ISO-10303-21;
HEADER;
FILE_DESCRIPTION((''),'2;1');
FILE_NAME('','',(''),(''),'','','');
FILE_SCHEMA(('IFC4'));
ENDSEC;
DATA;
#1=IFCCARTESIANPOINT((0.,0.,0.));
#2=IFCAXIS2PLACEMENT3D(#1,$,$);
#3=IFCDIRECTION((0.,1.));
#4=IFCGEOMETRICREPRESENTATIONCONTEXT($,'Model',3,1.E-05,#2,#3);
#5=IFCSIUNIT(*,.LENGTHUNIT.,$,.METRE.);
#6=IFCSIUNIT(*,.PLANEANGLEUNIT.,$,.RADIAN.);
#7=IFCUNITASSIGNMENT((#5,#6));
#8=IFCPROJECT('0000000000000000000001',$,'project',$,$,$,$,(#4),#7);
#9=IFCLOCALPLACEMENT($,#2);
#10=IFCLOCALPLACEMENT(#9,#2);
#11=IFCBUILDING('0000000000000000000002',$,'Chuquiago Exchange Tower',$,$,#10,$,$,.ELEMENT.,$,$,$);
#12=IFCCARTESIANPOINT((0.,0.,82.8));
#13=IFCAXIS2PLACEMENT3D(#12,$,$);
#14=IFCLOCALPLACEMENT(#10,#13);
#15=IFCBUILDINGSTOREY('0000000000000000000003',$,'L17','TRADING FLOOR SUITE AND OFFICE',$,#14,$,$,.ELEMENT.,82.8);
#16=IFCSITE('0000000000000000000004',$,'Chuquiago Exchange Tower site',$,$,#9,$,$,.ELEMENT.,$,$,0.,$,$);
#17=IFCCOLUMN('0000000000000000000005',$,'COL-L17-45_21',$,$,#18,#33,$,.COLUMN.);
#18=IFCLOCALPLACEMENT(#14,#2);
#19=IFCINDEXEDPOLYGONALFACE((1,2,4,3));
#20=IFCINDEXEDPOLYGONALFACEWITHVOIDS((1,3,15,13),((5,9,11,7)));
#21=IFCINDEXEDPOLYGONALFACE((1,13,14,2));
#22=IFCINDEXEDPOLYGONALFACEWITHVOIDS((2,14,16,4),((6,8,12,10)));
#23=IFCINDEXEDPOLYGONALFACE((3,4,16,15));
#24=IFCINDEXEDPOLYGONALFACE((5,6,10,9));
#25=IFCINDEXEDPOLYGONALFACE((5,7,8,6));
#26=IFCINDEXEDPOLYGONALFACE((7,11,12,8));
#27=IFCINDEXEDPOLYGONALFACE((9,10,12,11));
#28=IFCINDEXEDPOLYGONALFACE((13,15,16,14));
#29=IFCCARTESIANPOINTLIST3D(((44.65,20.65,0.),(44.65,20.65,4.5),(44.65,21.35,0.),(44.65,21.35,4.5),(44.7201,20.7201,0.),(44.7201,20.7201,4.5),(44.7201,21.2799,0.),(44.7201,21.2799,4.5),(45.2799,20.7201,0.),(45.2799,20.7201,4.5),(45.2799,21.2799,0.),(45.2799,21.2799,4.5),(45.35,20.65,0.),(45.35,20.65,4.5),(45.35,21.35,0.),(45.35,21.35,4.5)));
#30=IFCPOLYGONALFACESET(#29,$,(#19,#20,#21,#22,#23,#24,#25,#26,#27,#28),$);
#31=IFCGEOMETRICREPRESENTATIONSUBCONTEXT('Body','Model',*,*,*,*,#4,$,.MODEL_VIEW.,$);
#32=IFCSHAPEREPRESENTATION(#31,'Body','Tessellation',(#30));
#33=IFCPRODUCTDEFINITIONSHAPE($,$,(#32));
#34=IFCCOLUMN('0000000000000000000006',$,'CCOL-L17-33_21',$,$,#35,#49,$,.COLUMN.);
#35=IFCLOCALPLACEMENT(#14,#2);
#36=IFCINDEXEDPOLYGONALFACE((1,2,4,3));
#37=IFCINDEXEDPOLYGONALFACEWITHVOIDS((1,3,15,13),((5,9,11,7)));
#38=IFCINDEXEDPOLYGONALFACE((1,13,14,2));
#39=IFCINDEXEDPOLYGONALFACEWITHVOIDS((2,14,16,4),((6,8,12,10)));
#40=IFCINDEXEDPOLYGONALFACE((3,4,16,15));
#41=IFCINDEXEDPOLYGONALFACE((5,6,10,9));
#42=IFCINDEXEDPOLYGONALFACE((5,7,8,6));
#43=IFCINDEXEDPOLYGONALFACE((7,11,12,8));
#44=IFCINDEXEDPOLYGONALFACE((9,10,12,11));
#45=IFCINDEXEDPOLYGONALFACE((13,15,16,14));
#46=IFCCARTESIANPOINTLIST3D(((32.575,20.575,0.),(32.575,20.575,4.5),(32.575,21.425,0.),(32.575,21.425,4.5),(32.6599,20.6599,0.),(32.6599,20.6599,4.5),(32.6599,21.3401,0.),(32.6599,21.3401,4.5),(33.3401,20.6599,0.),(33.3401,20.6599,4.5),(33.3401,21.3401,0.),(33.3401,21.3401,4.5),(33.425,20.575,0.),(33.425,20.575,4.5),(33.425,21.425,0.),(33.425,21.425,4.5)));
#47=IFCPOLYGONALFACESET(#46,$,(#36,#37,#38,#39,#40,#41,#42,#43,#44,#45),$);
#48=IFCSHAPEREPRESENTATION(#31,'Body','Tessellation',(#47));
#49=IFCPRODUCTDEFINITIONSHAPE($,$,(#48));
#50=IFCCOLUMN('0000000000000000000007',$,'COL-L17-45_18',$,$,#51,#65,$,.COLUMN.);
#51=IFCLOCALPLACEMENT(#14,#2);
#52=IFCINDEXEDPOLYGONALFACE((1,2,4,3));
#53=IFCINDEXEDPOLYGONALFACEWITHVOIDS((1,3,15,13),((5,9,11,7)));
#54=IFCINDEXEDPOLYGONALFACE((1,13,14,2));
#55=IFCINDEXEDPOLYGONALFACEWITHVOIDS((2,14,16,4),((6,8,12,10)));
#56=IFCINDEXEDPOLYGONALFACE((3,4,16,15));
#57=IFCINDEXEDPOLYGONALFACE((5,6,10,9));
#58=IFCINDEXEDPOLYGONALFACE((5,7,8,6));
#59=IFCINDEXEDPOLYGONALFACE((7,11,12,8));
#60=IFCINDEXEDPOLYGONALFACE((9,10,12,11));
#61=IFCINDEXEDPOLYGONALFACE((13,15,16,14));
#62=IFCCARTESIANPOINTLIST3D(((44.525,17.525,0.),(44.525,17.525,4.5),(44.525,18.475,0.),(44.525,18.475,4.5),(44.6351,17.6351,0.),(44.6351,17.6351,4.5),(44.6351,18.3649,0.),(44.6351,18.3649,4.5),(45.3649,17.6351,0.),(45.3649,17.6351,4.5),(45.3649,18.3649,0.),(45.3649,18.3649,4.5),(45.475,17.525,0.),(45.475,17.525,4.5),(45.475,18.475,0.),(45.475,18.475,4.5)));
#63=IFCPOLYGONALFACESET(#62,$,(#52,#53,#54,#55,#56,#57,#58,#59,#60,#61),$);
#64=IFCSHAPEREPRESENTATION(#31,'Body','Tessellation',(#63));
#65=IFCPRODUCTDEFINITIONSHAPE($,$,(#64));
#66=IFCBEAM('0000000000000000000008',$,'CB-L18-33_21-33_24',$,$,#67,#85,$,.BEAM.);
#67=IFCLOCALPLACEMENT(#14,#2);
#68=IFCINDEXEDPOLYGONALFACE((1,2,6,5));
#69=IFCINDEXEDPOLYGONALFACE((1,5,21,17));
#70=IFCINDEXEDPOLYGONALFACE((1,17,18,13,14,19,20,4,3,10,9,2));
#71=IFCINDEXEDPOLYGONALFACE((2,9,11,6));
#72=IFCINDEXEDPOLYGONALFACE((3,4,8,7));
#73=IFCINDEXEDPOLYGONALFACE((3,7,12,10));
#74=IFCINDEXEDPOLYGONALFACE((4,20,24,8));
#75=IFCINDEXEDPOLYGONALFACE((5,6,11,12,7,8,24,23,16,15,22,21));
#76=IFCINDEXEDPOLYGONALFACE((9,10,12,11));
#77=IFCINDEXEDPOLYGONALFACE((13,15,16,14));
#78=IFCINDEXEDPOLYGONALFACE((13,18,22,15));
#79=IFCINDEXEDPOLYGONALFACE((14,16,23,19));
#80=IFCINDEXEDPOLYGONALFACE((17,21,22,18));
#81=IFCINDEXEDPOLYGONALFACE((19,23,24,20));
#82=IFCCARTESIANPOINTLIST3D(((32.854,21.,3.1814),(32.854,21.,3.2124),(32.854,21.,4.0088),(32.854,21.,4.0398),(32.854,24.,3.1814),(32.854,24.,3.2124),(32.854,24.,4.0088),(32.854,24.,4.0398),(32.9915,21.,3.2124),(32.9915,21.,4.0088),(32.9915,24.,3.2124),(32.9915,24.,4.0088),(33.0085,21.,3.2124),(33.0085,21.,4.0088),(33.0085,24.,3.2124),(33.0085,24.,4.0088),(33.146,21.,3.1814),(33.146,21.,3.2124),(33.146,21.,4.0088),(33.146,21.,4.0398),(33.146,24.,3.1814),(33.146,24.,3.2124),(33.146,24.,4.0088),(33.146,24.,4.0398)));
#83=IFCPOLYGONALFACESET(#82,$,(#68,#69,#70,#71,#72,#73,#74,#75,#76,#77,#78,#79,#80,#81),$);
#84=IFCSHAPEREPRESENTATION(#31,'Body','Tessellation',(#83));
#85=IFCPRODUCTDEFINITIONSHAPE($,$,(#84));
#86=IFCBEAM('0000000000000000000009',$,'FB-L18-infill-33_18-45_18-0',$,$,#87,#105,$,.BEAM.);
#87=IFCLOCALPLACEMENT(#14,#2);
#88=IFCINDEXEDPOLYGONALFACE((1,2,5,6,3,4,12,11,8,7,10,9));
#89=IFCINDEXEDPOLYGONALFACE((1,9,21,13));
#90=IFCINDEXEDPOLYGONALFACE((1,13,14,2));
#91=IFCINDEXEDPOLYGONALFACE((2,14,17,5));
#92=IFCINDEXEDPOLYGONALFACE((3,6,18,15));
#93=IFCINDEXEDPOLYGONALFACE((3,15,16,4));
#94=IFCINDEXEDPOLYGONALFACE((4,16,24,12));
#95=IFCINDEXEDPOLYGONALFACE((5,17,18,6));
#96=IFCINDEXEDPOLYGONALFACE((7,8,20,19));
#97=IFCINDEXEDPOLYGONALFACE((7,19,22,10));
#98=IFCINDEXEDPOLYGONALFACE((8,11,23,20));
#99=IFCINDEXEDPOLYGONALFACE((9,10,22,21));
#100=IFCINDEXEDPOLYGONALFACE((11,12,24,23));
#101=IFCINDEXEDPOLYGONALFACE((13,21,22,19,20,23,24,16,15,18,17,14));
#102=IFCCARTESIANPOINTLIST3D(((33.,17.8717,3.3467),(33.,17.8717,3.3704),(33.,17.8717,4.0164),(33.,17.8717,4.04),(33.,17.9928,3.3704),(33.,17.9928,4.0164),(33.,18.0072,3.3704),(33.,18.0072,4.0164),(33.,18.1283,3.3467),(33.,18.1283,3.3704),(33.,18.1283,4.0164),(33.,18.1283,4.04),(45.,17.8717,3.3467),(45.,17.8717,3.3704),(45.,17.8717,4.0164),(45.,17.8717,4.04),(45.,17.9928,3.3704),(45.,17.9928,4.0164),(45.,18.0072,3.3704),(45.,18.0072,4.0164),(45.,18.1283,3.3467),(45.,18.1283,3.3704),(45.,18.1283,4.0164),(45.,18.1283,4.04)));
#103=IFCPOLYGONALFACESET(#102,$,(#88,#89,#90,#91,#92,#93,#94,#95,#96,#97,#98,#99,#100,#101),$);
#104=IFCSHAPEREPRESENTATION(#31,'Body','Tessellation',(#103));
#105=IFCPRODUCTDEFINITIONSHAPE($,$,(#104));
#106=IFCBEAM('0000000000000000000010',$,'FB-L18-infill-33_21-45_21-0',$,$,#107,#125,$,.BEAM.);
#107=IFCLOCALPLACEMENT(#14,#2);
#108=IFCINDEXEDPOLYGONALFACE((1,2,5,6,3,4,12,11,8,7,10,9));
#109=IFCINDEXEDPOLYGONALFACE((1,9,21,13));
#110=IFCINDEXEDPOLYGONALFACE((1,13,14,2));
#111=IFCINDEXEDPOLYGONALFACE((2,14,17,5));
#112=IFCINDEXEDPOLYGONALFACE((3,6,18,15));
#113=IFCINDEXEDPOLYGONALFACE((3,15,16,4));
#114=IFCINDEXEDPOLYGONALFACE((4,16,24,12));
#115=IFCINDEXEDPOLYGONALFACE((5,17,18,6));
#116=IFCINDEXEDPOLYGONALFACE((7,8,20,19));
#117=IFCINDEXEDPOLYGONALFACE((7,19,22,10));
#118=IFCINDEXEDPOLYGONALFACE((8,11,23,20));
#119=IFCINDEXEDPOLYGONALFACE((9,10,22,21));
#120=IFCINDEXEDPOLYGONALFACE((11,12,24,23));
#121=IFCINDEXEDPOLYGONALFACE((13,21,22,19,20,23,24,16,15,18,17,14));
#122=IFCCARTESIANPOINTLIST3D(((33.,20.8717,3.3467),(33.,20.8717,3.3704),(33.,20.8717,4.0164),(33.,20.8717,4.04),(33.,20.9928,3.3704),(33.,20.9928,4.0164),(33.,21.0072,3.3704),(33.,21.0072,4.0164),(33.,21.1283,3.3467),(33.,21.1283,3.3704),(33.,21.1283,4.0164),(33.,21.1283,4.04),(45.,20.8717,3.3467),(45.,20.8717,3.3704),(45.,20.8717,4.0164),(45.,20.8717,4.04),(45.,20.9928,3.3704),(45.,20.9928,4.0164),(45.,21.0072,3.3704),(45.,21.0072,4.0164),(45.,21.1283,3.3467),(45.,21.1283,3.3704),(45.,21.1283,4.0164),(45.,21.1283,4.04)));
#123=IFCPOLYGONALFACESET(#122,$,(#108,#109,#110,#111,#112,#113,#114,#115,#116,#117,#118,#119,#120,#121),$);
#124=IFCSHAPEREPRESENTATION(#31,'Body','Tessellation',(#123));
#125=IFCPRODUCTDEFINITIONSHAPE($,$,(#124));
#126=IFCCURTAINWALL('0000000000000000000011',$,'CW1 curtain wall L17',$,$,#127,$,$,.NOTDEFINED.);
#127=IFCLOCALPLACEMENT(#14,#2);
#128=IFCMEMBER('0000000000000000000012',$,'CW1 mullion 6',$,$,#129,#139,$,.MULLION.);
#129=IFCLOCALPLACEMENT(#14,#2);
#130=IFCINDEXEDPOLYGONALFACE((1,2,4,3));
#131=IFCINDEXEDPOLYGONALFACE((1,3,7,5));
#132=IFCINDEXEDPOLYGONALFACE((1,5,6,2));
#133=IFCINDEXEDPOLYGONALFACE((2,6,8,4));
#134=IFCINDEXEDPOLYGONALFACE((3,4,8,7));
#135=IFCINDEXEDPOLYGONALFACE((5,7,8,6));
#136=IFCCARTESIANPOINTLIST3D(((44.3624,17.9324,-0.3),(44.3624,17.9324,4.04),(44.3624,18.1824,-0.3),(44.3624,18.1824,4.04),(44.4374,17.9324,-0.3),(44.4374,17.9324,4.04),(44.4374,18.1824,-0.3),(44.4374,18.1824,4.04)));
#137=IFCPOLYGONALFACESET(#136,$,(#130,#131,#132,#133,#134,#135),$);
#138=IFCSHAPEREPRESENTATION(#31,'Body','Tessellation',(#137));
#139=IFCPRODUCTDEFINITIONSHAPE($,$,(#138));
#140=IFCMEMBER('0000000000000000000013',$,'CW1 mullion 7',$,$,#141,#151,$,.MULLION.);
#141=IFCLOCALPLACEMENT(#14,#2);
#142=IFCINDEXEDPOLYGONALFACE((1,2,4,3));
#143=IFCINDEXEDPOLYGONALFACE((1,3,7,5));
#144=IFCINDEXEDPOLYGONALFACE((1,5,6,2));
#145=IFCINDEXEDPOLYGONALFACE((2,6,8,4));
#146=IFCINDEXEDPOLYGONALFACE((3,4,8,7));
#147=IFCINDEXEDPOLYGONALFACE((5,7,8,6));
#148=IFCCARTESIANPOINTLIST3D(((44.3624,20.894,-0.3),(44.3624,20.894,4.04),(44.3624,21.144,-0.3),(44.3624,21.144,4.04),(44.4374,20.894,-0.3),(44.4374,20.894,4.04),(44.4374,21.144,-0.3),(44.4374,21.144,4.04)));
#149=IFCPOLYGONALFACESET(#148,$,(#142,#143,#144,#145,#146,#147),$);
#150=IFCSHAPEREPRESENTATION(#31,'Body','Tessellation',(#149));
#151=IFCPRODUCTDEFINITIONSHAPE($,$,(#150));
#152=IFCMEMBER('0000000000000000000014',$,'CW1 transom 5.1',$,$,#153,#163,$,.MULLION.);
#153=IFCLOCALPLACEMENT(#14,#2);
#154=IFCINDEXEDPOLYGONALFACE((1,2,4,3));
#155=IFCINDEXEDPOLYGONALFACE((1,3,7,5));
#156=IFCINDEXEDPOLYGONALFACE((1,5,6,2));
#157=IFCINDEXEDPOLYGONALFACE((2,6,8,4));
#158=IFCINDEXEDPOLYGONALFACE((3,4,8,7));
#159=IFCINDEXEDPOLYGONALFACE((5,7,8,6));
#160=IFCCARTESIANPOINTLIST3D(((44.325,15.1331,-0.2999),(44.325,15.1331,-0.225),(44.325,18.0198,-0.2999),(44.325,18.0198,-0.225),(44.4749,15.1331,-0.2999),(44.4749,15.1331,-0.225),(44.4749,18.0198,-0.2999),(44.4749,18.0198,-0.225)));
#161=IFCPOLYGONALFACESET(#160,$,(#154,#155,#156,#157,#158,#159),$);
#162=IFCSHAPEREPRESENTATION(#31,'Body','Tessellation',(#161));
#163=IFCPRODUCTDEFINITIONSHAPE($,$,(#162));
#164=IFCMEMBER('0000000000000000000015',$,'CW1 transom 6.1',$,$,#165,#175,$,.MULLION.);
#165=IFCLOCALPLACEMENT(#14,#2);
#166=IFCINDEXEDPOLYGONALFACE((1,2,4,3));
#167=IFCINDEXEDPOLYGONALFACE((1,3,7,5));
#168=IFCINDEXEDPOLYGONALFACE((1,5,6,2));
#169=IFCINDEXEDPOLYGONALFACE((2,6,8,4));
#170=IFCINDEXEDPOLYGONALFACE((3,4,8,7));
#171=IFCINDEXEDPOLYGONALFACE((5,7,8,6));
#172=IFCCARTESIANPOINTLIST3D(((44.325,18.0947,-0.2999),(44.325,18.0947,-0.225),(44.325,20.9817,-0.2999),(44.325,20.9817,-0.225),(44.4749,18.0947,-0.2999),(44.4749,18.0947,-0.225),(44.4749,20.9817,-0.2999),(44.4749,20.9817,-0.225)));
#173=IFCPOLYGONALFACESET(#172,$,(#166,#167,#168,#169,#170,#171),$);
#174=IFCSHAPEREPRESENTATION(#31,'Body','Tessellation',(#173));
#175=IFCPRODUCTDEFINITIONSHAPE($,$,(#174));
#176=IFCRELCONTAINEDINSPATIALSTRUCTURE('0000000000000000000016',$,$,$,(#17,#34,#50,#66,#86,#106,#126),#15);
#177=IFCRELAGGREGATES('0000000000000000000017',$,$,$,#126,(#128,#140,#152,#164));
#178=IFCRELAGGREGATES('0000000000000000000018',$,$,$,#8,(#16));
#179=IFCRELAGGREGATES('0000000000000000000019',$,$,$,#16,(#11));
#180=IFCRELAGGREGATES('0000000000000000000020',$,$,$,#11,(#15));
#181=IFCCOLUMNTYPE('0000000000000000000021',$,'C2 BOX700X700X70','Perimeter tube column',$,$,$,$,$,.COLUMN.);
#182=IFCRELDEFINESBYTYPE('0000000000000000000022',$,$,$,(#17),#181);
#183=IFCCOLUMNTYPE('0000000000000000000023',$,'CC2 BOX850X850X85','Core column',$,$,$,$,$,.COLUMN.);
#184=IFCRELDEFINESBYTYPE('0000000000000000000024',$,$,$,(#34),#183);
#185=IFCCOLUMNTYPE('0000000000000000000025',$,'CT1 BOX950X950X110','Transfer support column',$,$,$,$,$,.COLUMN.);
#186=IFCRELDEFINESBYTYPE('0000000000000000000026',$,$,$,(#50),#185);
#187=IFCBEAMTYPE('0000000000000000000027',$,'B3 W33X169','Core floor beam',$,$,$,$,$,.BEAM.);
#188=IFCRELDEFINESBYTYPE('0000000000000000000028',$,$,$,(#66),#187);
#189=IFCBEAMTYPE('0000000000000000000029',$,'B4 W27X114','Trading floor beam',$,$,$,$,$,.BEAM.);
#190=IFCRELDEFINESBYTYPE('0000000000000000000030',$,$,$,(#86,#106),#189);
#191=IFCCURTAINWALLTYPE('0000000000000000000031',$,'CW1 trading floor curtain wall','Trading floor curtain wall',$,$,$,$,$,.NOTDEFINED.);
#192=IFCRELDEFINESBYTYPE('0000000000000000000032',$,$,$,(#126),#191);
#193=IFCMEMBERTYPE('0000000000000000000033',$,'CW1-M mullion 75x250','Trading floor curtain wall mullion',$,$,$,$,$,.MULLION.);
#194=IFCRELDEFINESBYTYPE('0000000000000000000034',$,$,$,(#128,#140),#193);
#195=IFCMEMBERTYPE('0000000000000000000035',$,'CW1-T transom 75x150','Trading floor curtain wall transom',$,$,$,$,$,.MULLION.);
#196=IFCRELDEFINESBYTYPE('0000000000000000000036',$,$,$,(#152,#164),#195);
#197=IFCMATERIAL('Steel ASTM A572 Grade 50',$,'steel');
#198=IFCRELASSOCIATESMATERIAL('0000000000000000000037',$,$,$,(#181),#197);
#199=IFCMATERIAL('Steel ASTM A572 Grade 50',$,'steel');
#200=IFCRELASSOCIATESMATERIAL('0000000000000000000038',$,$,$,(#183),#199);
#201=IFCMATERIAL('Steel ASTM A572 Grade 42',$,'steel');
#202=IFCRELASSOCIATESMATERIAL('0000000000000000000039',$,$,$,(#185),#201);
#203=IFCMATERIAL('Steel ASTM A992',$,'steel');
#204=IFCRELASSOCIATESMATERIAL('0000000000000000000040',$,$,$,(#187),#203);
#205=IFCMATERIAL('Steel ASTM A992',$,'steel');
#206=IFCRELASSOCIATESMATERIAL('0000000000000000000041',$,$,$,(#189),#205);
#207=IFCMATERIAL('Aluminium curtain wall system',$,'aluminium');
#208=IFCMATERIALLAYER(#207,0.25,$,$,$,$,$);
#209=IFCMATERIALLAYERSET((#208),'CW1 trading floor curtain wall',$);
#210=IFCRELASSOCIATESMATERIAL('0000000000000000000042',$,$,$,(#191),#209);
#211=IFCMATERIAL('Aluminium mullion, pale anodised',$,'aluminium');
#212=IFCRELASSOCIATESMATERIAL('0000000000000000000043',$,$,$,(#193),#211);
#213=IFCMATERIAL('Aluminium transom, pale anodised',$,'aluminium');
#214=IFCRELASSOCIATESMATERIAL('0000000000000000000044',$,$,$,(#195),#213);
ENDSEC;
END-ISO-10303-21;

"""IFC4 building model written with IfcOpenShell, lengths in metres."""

from ifc_helpers import new_model, si_unit, direction, frame, origin, origin_2d, place, context, subcontext, project, spatial, rectangle, hollow_rectangle, i_section, extrude, material, layer, layer_set, material_profile, profile_set, type_object, element, aggregate, save


model = new_model("IFC4")

# Units and contexts
model_context = context("Model", 3, precision=1e-05, world=origin(), true_north=direction((0.0, 1.0)))
body_context = subcontext(model_context, "Body", "Model", "MODEL_VIEW")
ifc_project = project(units=[si_unit("LENGTHUNIT", "METRE"), si_unit("PLANEANGLEUNIT", "RADIAN")], contexts=[model_context])

# Site, building, storey
site_placement = place(None, origin())
site = spatial("IfcSite", under=ifc_project, at=site_placement, Name="Chuquiago Exchange Tower site", CompositionType="ELEMENT", RefElevation=0.0)
building_placement = place(site_placement, origin())
building = spatial("IfcBuilding", under=site, at=building_placement, Name="Chuquiago Exchange Tower", CompositionType="ELEMENT")
storey_placement = place(building_placement, frame((0.0, 0.0, 82.8)))
storey = spatial("IfcBuildingStorey", under=building, at=storey_placement, Name="L17", Description="TRADING FLOOR SUITE AND OFFICE", CompositionType="ELEMENT", Elevation=82.8)

# Columns
ifc_material_1 = material(Name="Steel ASTM A572 Grade 50", Category="steel")
ifc_material_profile_1 = material_profile(ifc_material_1, hollow_rectangle(XDim=0.7, YDim=0.7, WallThickness=0.0701, at=origin_2d()), Name="BOX700X700X70")
ifc_profile_set_1 = profile_set([ifc_material_profile_1], Name="Steel ASTM A572 Grade 50")
column_type_1 = type_object("IfcColumnType", Name="C2 BOX700X700X70", Description="Perimeter tube column", PredefinedType="COLUMN", material=ifc_profile_set_1)
column_1_placement = place(storey_placement, frame((45.0, 21.0, 0.0), z_axis=(0.0, 0.0, 1.0), x_axis=(1.0, 0.0, 0.0)))
element("IfcColumn", 1, at=column_1_placement, inside=storey, type_object=column_type_1, Name="COL-L17-45_21", PredefinedType="COLUMN", context=body_context, shape_type="SweptSolid", body=[
    extrude(hollow_rectangle(XDim=0.7, YDim=0.7, WallThickness=0.0701, at=origin_2d()), origin(), (0.0, 0.0, 1.0), 4.5),
])
ifc_material_2 = material(Name="Steel ASTM A572 Grade 50", Category="steel")
ifc_material_profile_2 = material_profile(ifc_material_2, hollow_rectangle(XDim=0.8501, YDim=0.8501, WallThickness=0.085, at=origin_2d()), Name="BOX850X850X85")
ifc_profile_set_2 = profile_set([ifc_material_profile_2], Name="Steel ASTM A572 Grade 50")
column_type_2 = type_object("IfcColumnType", Name="CC2 BOX850X850X85", Description="Core column", PredefinedType="COLUMN", material=ifc_profile_set_2)
column_2_placement = place(storey_placement, frame((33.0, 21.0, 0.0), z_axis=(0.0, 0.0, 1.0), x_axis=(1.0, 0.0, 0.0)))
element("IfcColumn", 2, at=column_2_placement, inside=storey, type_object=column_type_2, Name="CCOL-L17-33_21", PredefinedType="COLUMN", context=body_context, shape_type="SweptSolid", body=[
    extrude(hollow_rectangle(XDim=0.8501, YDim=0.8501, WallThickness=0.085, at=origin_2d()), origin(), (0.0, 0.0, 1.0), 4.5),
])
ifc_material_3 = material(Name="Steel ASTM A572 Grade 42", Category="steel")
ifc_material_profile_3 = material_profile(ifc_material_3, hollow_rectangle(XDim=0.95, YDim=0.95, WallThickness=0.1101, at=origin_2d()), Name="BOX950X950X110")
ifc_profile_set_3 = profile_set([ifc_material_profile_3], Name="Steel ASTM A572 Grade 42")
column_type_3 = type_object("IfcColumnType", Name="CT1 BOX950X950X110", Description="Transfer support column", PredefinedType="COLUMN", material=ifc_profile_set_3)
column_3_placement = place(storey_placement, frame((45.0, 18.0, 0.0), z_axis=(0.0, 0.0, 1.0), x_axis=(1.0, 0.0, 0.0)))
element("IfcColumn", 3, at=column_3_placement, inside=storey, type_object=column_type_3, Name="COL-L17-45_18", PredefinedType="COLUMN", context=body_context, shape_type="SweptSolid", body=[
    extrude(hollow_rectangle(XDim=0.95, YDim=0.95, WallThickness=0.1101, at=origin_2d()), origin(), (0.0, 0.0, 1.0), 4.5),
])

# Beams
ifc_material_4 = material(Name="Steel ASTM A992", Category="steel")
ifc_material_profile_4 = material_profile(ifc_material_4, i_section(OverallWidth=0.292, OverallDepth=0.8584, WebThickness=0.0171, FlangeThickness=0.031, at=origin_2d()), Name="W33X169")
ifc_profile_set_4 = profile_set([ifc_material_profile_4], Name="Steel ASTM A992")
beam_type_1 = type_object("IfcBeamType", Name="B3 W33X169", Description="Core floor beam", PredefinedType="BEAM", material=ifc_profile_set_4)
beam_placement = place(storey_placement, frame((33.0, 21.0, 3.6106), z_axis=(0.0, 1.0, 0.0), x_axis=(-1.0, 0.0, 0.0)))
element("IfcBeam", 4, at=beam_placement, inside=storey, type_object=beam_type_1, Name="CB-L18-33_21-33_24", PredefinedType="BEAM", context=body_context, shape_type="SweptSolid", body=[
    extrude(i_section(OverallWidth=0.292, OverallDepth=0.8584, WebThickness=0.0171, FlangeThickness=0.031, at=origin_2d()), origin(), (0.0, 0.0, 1.0), 3.0),
])
ifc_material_5 = material(Name="Steel ASTM A992", Category="steel")
ifc_material_profile_5 = material_profile(ifc_material_5, i_section(OverallWidth=0.2566, OverallDepth=0.6934, WebThickness=0.0144, FlangeThickness=0.0237, at=origin_2d()), Name="W27X114")
ifc_profile_set_5 = profile_set([ifc_material_profile_5], Name="Steel ASTM A992")
beam_type_2 = type_object("IfcBeamType", Name="B4 W27X114", Description="Trading floor beam", PredefinedType="BEAM", material=ifc_profile_set_5)
for number, where, z_axis, x_axis, name in (
    (5, (33.0, 18.0, 3.6934), (1.0, 0.0, 0.0), (0.0, 1.0, 0.0), "FB-L18-infill-33_18-45_18-0"),
    (6, (33.0, 21.0, 3.6934), (1.0, 0.0, 0.0), (0.0, 1.0, 0.0), "FB-L18-infill-33_21-45_21-0"),
):
    element("IfcBeam", number, at=place(storey_placement, frame(where, z_axis=z_axis, x_axis=x_axis)), inside=storey, type_object=beam_type_2, Name=name, PredefinedType="BEAM", context=body_context, shape_type="SweptSolid", body=[
        extrude(i_section(OverallWidth=0.2566, OverallDepth=0.6934, WebThickness=0.0144, FlangeThickness=0.0237, at=origin_2d()), origin(), (0.0, 0.0, 1.0), 12.0),
    ])

# Curtain wall, members
ifc_material_6 = material(Name="Aluminium curtain wall system", Category="aluminium")
ifc_layer_1 = layer(ifc_material_6, 0.25)
ifc_layer_set_1 = layer_set([ifc_layer_1], Name="CW1 trading floor curtain wall")
curtain_wall_type = type_object("IfcCurtainWallType", Name="CW1 trading floor curtain wall", Description="Trading floor curtain wall", PredefinedType="NOTDEFINED", material=ifc_layer_set_1)
curtain_wall_placement = place(storey_placement, origin())
curtain_wall = element("IfcCurtainWall", 7, at=curtain_wall_placement, inside=storey, type_object=curtain_wall_type, Name="CW1 curtain wall L17", PredefinedType="NOTDEFINED")
ifc_material_7 = material(Name="Aluminium mullion, pale anodised", Category="aluminium")
ifc_material_profile_6 = material_profile(ifc_material_7, rectangle(XDim=0.075, YDim=0.25, at=origin_2d()), Name="AL 75x250")
ifc_profile_set_6 = profile_set([ifc_material_profile_6], Name="Aluminium mullion, pale anodised")
member_type_1 = type_object("IfcMemberType", Name="CW1-M mullion 75x250", Description="Trading floor curtain wall mullion", PredefinedType="MULLION", material=ifc_profile_set_6)
member_1_placement = place(storey_placement, frame((44.3999, 18.0574, -0.3), z_axis=(0.0, 0.0, 1.0), x_axis=(-1.0, 0.0, 0.0)))
member_1 = element("IfcMember", 8, at=member_1_placement, type_object=member_type_1, Name="CW1 mullion 6", PredefinedType="MULLION", context=body_context, shape_type="SweptSolid", body=[
    extrude(rectangle(XDim=0.075, YDim=0.25, at=origin_2d()), origin(), (0.0, 0.0, 1.0), 4.3401),
])
member_2_placement = place(storey_placement, frame((44.3999, 21.019, -0.3), z_axis=(0.0, 0.0, 1.0), x_axis=(-1.0, 0.0, 0.0)))
member_2 = element("IfcMember", 9, at=member_2_placement, type_object=member_type_1, Name="CW1 mullion 7", PredefinedType="MULLION", context=body_context, shape_type="SweptSolid", body=[
    extrude(rectangle(XDim=0.075, YDim=0.25, at=origin_2d()), origin(), (0.0, 0.0, 1.0), 4.3401),
])
ifc_material_8 = material(Name="Aluminium transom, pale anodised", Category="aluminium")
ifc_material_profile_7 = material_profile(ifc_material_8, rectangle(XDim=0.1499, YDim=0.075, at=origin_2d()), Name="AL 150x75")
ifc_profile_set_7 = profile_set([ifc_material_profile_7], Name="Aluminium transom, pale anodised")
member_type_2 = type_object("IfcMemberType", Name="CW1-T transom 75x150", Description="Trading floor curtain wall transom", PredefinedType="MULLION", material=ifc_profile_set_7)
member_3_placement = place(storey_placement, frame((44.3999, 15.1331, -0.2625), z_axis=(0.0, 1.0, 0.0), x_axis=(-1.0, 0.0, 0.0)))
member_3 = element("IfcMember", 10, at=member_3_placement, type_object=member_type_2, Name="CW1 transom 5.1", PredefinedType="MULLION", context=body_context, shape_type="SweptSolid", body=[
    extrude(rectangle(XDim=0.1499, YDim=0.075, at=origin_2d()), origin(), (0.0, 0.0, 1.0), 2.8867),
])
member_4_placement = place(storey_placement, frame((44.3999, 18.0947, -0.2625), z_axis=(0.0, 1.0, 0.0), x_axis=(-1.0, 0.0, 0.0)))
member_4 = element("IfcMember", 11, at=member_4_placement, type_object=member_type_2, Name="CW1 transom 6.1", PredefinedType="MULLION", context=body_context, shape_type="SweptSolid", body=[
    extrude(rectangle(XDim=0.1499, YDim=0.075, at=origin_2d()), origin(), (0.0, 0.0, 1.0), 2.887),
])

aggregate(curtain_wall, [member_1, member_2, member_3, member_4])

save(model, "model.ifc")
